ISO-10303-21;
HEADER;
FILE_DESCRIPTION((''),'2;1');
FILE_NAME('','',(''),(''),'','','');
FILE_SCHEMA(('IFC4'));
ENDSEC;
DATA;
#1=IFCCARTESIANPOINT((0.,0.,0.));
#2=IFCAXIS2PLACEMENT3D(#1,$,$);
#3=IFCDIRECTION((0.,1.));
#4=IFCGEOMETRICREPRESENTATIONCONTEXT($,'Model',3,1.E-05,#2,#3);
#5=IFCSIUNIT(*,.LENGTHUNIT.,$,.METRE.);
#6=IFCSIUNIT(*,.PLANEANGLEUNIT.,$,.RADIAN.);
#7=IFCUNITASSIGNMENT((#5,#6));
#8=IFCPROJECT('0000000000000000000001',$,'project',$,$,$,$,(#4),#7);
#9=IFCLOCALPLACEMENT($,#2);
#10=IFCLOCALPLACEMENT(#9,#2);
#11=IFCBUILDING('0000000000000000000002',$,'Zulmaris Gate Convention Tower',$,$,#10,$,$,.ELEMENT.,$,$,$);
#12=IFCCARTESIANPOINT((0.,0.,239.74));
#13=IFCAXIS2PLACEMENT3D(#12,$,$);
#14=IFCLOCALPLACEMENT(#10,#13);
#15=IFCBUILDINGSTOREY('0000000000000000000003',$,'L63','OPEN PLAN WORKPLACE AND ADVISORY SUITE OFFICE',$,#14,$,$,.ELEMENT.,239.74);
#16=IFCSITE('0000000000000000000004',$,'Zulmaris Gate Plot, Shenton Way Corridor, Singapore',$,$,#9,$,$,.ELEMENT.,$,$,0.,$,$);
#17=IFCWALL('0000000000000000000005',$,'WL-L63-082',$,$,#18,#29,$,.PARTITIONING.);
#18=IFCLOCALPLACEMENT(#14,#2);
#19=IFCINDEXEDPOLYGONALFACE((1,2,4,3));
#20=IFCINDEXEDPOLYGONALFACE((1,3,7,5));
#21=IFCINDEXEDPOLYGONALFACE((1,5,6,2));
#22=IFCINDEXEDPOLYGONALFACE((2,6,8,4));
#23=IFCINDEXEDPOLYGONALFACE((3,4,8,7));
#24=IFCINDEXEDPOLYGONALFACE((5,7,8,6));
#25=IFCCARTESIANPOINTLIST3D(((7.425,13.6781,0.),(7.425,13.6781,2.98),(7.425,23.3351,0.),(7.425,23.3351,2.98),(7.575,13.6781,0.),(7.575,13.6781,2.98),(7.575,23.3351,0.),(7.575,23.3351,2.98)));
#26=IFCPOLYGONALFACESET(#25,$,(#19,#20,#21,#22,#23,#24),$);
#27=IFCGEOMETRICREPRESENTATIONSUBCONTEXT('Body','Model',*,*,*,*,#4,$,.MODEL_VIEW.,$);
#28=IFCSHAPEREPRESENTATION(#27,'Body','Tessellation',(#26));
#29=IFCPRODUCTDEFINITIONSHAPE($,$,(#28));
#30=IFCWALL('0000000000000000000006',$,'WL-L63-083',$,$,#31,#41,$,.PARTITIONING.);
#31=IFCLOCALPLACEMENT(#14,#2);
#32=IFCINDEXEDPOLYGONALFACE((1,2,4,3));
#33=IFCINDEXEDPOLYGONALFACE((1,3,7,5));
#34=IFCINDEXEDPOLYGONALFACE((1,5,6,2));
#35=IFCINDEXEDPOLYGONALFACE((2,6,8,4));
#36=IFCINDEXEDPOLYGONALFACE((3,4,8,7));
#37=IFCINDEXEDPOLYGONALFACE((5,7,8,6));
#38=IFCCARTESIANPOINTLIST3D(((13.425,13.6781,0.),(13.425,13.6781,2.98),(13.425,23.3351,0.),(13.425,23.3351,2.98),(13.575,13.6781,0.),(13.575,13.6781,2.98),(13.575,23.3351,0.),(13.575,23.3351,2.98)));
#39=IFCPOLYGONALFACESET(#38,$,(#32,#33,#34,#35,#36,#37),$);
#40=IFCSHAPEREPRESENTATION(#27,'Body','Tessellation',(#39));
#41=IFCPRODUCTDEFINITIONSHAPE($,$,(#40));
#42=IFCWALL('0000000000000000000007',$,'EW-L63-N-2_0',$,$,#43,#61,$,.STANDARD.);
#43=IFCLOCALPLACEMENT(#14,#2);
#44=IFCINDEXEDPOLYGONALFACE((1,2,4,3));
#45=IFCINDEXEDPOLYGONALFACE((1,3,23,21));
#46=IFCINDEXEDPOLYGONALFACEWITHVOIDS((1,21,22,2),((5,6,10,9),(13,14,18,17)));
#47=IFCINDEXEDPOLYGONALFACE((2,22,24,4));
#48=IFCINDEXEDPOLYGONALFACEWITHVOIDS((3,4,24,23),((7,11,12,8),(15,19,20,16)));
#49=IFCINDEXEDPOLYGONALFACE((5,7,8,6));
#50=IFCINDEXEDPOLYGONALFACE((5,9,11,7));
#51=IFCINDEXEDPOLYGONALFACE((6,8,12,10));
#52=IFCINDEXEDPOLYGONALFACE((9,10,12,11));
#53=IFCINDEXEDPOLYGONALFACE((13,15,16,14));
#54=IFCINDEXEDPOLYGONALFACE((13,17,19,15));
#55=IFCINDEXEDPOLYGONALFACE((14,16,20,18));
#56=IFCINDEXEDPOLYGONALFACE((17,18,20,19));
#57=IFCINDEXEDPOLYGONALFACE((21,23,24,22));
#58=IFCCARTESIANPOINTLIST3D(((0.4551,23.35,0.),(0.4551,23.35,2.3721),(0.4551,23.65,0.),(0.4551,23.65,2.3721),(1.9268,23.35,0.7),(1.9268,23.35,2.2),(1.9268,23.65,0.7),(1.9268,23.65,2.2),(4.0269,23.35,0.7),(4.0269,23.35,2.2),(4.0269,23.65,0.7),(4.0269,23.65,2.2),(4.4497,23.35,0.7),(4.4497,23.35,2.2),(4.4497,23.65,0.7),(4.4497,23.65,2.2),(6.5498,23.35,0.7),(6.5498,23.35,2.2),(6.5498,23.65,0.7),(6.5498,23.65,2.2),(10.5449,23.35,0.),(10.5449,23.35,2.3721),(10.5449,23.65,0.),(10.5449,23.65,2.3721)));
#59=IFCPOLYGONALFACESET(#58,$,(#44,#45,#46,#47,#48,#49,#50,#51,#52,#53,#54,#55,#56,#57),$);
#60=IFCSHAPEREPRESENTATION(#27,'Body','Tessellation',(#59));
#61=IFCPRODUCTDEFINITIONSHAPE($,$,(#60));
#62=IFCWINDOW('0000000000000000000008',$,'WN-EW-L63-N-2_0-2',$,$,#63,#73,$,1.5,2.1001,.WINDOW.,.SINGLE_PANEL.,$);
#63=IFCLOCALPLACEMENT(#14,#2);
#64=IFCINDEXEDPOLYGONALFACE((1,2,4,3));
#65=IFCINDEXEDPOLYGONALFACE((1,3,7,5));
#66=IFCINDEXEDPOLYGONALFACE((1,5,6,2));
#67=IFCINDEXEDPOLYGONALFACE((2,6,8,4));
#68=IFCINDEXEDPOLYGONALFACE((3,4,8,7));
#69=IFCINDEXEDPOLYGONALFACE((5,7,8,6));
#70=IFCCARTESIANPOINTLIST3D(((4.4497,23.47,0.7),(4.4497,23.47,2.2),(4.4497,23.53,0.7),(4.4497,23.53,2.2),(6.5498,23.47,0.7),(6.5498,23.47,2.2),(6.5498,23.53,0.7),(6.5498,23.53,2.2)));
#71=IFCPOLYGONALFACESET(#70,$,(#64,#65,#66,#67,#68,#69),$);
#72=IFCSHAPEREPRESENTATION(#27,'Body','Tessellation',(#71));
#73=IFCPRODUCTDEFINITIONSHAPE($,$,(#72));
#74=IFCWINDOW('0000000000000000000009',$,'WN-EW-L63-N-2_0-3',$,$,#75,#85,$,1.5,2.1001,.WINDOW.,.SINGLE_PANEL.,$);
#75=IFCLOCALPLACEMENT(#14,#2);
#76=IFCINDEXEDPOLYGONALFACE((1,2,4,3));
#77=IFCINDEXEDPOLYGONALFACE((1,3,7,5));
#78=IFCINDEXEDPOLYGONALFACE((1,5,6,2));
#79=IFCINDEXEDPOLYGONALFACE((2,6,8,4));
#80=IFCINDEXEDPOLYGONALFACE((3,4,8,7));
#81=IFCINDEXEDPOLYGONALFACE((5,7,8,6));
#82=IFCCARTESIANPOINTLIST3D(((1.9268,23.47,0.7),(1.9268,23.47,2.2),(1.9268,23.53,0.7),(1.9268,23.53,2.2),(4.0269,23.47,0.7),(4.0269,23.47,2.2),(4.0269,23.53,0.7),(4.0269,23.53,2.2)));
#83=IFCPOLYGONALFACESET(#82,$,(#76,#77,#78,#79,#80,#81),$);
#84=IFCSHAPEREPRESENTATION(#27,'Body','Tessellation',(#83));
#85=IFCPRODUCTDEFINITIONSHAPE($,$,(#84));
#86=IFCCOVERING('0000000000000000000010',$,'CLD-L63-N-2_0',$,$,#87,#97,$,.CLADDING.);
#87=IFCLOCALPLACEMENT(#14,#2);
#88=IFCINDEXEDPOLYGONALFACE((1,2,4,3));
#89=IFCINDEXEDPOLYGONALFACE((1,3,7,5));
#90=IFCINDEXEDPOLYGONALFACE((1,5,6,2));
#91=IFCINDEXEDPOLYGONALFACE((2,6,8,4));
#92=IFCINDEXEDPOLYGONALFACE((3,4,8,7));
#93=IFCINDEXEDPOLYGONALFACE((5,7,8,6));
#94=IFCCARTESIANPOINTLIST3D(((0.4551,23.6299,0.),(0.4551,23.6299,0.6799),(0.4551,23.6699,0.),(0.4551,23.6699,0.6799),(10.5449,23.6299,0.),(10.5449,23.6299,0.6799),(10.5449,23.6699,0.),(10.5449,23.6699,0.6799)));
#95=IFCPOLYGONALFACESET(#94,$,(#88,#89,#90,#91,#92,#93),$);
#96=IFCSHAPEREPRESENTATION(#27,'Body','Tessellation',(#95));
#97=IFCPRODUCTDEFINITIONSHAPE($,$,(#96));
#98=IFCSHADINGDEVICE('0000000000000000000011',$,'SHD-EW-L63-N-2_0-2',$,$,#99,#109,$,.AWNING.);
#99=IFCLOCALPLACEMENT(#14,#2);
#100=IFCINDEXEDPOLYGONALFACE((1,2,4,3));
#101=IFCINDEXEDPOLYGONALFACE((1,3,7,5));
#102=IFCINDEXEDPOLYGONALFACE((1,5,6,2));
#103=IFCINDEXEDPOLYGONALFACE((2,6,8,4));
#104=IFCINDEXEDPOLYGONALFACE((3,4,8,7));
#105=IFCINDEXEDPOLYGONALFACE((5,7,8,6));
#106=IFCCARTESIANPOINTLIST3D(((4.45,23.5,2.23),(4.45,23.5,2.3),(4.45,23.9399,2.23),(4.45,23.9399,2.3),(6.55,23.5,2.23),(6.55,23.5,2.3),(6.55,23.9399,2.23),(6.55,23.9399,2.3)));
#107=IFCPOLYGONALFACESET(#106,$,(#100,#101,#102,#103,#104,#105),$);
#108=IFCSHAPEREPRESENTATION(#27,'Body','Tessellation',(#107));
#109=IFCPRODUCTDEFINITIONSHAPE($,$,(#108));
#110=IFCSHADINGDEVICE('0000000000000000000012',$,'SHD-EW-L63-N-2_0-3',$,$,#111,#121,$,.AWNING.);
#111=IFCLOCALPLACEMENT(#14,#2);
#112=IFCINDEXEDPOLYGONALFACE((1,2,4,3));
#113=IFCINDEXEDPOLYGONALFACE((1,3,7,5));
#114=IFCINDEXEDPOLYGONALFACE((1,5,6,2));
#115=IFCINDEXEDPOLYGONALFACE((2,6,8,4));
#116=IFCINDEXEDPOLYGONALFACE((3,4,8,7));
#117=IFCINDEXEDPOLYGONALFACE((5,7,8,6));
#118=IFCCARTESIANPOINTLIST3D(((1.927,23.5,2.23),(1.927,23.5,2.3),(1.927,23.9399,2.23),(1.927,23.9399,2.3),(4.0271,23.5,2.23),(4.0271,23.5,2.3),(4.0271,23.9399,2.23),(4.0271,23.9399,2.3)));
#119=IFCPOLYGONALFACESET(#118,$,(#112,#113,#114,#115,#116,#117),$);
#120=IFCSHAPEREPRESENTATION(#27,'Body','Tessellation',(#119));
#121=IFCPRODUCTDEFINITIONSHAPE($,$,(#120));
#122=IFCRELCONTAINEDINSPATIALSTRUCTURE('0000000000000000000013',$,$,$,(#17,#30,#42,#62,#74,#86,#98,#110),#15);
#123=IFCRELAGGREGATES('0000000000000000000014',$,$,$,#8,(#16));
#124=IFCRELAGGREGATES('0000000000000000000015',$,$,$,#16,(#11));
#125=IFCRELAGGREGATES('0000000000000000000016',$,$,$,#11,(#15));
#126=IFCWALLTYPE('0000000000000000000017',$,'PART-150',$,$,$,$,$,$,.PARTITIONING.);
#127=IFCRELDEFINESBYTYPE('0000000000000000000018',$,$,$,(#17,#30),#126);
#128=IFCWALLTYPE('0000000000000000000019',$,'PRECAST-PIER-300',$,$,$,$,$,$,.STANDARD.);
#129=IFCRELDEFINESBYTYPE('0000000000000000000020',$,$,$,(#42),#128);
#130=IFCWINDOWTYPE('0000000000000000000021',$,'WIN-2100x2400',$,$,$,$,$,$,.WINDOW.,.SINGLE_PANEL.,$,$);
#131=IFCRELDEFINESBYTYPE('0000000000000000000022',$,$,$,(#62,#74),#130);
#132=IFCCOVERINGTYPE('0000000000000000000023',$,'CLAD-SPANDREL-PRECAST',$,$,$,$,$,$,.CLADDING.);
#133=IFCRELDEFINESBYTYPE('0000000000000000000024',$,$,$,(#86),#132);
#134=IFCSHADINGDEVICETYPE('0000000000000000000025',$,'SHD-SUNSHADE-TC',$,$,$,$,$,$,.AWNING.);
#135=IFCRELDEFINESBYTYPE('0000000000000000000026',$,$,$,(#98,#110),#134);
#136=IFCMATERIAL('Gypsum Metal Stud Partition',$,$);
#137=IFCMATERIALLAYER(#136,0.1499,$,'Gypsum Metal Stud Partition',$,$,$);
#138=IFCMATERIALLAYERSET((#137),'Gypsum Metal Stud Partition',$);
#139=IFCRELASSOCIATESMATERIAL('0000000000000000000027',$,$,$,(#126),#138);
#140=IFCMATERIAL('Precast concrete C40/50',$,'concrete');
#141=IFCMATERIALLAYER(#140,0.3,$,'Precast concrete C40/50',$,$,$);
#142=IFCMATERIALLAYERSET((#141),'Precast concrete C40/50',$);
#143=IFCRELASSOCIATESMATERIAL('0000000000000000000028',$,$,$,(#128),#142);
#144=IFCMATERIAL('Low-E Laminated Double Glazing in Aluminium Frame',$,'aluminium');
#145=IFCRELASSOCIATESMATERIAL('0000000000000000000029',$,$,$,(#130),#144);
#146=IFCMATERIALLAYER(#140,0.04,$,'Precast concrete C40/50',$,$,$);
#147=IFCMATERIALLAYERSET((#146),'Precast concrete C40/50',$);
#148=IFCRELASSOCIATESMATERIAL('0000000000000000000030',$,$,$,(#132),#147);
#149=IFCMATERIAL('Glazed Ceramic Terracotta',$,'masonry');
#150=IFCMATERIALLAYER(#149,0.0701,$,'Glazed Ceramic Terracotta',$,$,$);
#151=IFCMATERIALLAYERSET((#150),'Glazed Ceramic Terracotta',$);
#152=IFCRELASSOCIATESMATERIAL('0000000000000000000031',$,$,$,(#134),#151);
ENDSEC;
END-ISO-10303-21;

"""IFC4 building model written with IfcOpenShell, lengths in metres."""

from ifc_helpers import new_model, si_unit, direction, frame, frame_2d, origin, place, context, subcontext, project, spatial, rectangle, extrude, material, layer, layer_set, type_object, element, fill, save


model = new_model("IFC4")

# Units and contexts
model_context = context("Model", 3, precision=1e-05, world=origin(), true_north=direction((0.0, 1.0)))
body_context = subcontext(model_context, "Body", "Model", "MODEL_VIEW")
ifc_project = project(units=[si_unit("LENGTHUNIT", "METRE"), si_unit("PLANEANGLEUNIT", "RADIAN")], contexts=[model_context])

# Site, building, storey
site_placement = place(None, origin())
site = spatial("IfcSite", under=ifc_project, at=site_placement, Name="Zulmaris Gate Plot, Shenton Way Corridor, Singapore", CompositionType="ELEMENT", RefElevation=0.0)
building_placement = place(site_placement, origin())
building = spatial("IfcBuilding", under=site, at=building_placement, Name="Zulmaris Gate Convention Tower", CompositionType="ELEMENT")
storey_placement = place(building_placement, frame((0.0, 0.0, 239.74)))
storey = spatial("IfcBuildingStorey", under=building, at=storey_placement, Name="L63", Description="OPEN PLAN WORKPLACE AND ADVISORY SUITE OFFICE", CompositionType="ELEMENT", Elevation=239.74)

# Walls
ifc_material_1 = material(Name="Gypsum Metal Stud Partition")
ifc_layer_1 = layer(ifc_material_1, 0.1499, Name="Gypsum Metal Stud Partition")
ifc_layer_set_1 = layer_set([ifc_layer_1], Name="Gypsum Metal Stud Partition")
wall_type_1 = type_object("IfcWallType", Name="PART-150", PredefinedType="PARTITIONING", material=ifc_layer_set_1)
for number, where, z_axis, x_axis, name in (
    (1, (7.5, 13.678, 0.0), (0.0, 0.0, 1.0), (0.0, 1.0, 0.0), "WL-L63-082"),
    (2, (13.5, 13.678, 0.0), (0.0, 0.0, 1.0), (0.0, 1.0, 0.0), "WL-L63-083"),
):
    element("IfcWall", number, at=place(storey_placement, frame(where, z_axis=z_axis, x_axis=x_axis)), inside=storey, type_object=wall_type_1, Name=name, PredefinedType="PARTITIONING", context=body_context, shape_type="SweptSolid", body=[
        extrude(rectangle(XDim=9.657, YDim=0.1499, at=frame_2d((4.8286, 0.0))), origin(), (0.0, 0.0, 1.0), 2.98),
    ])

# Wall, openings, windows
ifc_material_2 = material(Name="Precast concrete C40/50", Category="concrete")
ifc_layer_2 = layer(ifc_material_2, 0.3, Name="Precast concrete C40/50")
ifc_layer_set_2 = layer_set([ifc_layer_2], Name="Precast concrete C40/50")
wall_type_2 = type_object("IfcWallType", Name="PRECAST-PIER-300", PredefinedType="STANDARD", material=ifc_layer_set_2)
wall_1_placement = place(storey_placement, frame((10.5449, 23.5, 0.0), z_axis=(0.0, 0.0, 1.0), x_axis=(-1.0, 0.0, 0.0)))
wall_1 = element("IfcWall", 3, at=wall_1_placement, inside=storey, type_object=wall_type_2, Name="EW-L63-N-2_0", PredefinedType="STANDARD", context=body_context, shape_type="SweptSolid", body=[
    extrude(rectangle(XDim=10.0898, YDim=0.3, at=frame_2d((5.0449, 0.0))), origin(), (0.0, 0.0, 1.0), 2.3721),
])
opening_1_placement = place(wall_1_placement, frame((3.9951, 0.0, 0.7)))
opening_1 = element("IfcOpeningElement", 4, at=opening_1_placement, cuts=wall_1, PredefinedType="OPENING", context=body_context, shape_type="SweptSolid", body=[
    extrude(rectangle(XDim=2.1001, YDim=1.5, at=frame_2d((1.05, 0.75))), frame((0.0, 0.1602, 0.0), z_axis=(0.0, -1.0, 0.0), x_axis=(1.0, 0.0, 0.0)), (0.0, 0.0, 1.0), 0.3201),
])
opening_2_placement = place(wall_1_placement, frame((6.5181, 0.0, 0.7)))
opening_2 = element("IfcOpeningElement", 5, at=opening_2_placement, cuts=wall_1, PredefinedType="OPENING", context=body_context, shape_type="SweptSolid", body=[
    extrude(rectangle(XDim=2.1001, YDim=1.5, at=frame_2d((1.05, 0.75))), frame((0.0, 0.1602, 0.0), z_axis=(0.0, -1.0, 0.0), x_axis=(1.0, 0.0, 0.0)), (0.0, 0.0, 1.0), 0.3201),
])
ifc_material_3 = material(Name="Low-E Laminated Double Glazing in Aluminium Frame", Category="aluminium")
window_type = type_object("IfcWindowType", Name="WIN-2100x2400", PartitioningType="SINGLE_PANEL", PredefinedType="WINDOW", material=ifc_material_3)
window_1_placement = place(opening_1_placement, origin())
window_1 = element("IfcWindow", 6, at=window_1_placement, inside=storey, type_object=window_type, Name="WN-EW-L63-N-2_0-2", OverallHeight=1.5, OverallWidth=2.1001, PartitioningType="SINGLE_PANEL", PredefinedType="WINDOW", context=body_context, shape_type="SweptSolid", body=[
    extrude(rectangle(XDim=2.1001, YDim=1.5, at=frame_2d((1.05, 0.75))), frame((0.0, 0.03, 0.0), z_axis=(0.0, -1.0, 0.0), x_axis=(1.0, 0.0, 0.0)), (0.0, 0.0, 1.0), 0.0601),
])
fill(opening_1, window_1)
window_2_placement = place(opening_2_placement, origin())
window_2 = element("IfcWindow", 7, at=window_2_placement, inside=storey, type_object=window_type, Name="WN-EW-L63-N-2_0-3", OverallHeight=1.5, OverallWidth=2.1001, PartitioningType="SINGLE_PANEL", PredefinedType="WINDOW", context=body_context, shape_type="SweptSolid", body=[
    extrude(rectangle(XDim=2.1001, YDim=1.5, at=frame_2d((1.05, 0.75))), frame((0.0, 0.03, 0.0), z_axis=(0.0, -1.0, 0.0), x_axis=(1.0, 0.0, 0.0)), (0.0, 0.0, 1.0), 0.0601),
])
fill(opening_2, window_2)

# Covering
ifc_layer_3 = layer(ifc_material_2, 0.04, Name="Precast concrete C40/50")
ifc_layer_set_3 = layer_set([ifc_layer_3], Name="Precast concrete C40/50")
covering_type = type_object("IfcCoveringType", Name="CLAD-SPANDREL-PRECAST", PredefinedType="CLADDING", material=ifc_layer_set_3)
covering_placement = place(storey_placement, frame((10.5449, 23.6499, 0.0), z_axis=(0.0, 0.0, 1.0), x_axis=(-1.0, 0.0, 0.0)))
element("IfcCovering", 8, at=covering_placement, inside=storey, type_object=covering_type, Name="CLD-L63-N-2_0", PredefinedType="CLADDING", context=body_context, shape_type="SweptSolid", body=[
    extrude(rectangle(XDim=10.0898, YDim=0.04, at=frame_2d((5.0449, 0.0))), origin(), (0.0, 0.0, 1.0), 0.6799),
])

# Shading devices
ifc_material_4 = material(Name="Glazed Ceramic Terracotta", Category="masonry")
ifc_layer_4 = layer(ifc_material_4, 0.0701, Name="Glazed Ceramic Terracotta")
ifc_layer_set_4 = layer_set([ifc_layer_4], Name="Glazed Ceramic Terracotta")
shading_device_type = type_object("IfcShadingDeviceType", Name="SHD-SUNSHADE-TC", PredefinedType="AWNING", material=ifc_layer_set_4)
for number, where, z_axis, x_axis, name in (
    (9, (6.55, 23.72, 2.23), (0.0, 0.0, 1.0), (-1.0, 0.0, 0.0), "SHD-EW-L63-N-2_0-2"),
    (10, (4.0271, 23.72, 2.23), (0.0, 0.0, 1.0), (-1.0, 0.0, 0.0), "SHD-EW-L63-N-2_0-3"),
):
    element("IfcShadingDevice", number, at=place(storey_placement, frame(where, z_axis=z_axis, x_axis=x_axis)), inside=storey, type_object=shading_device_type, Name=name, PredefinedType="AWNING", context=body_context, shape_type="SweptSolid", body=[
        extrude(rectangle(XDim=2.1001, YDim=0.4399, at=frame_2d((1.05, 0.0))), origin(), (0.0, 0.0, 1.0), 0.0701),
    ])

save(model, "model.ifc")
